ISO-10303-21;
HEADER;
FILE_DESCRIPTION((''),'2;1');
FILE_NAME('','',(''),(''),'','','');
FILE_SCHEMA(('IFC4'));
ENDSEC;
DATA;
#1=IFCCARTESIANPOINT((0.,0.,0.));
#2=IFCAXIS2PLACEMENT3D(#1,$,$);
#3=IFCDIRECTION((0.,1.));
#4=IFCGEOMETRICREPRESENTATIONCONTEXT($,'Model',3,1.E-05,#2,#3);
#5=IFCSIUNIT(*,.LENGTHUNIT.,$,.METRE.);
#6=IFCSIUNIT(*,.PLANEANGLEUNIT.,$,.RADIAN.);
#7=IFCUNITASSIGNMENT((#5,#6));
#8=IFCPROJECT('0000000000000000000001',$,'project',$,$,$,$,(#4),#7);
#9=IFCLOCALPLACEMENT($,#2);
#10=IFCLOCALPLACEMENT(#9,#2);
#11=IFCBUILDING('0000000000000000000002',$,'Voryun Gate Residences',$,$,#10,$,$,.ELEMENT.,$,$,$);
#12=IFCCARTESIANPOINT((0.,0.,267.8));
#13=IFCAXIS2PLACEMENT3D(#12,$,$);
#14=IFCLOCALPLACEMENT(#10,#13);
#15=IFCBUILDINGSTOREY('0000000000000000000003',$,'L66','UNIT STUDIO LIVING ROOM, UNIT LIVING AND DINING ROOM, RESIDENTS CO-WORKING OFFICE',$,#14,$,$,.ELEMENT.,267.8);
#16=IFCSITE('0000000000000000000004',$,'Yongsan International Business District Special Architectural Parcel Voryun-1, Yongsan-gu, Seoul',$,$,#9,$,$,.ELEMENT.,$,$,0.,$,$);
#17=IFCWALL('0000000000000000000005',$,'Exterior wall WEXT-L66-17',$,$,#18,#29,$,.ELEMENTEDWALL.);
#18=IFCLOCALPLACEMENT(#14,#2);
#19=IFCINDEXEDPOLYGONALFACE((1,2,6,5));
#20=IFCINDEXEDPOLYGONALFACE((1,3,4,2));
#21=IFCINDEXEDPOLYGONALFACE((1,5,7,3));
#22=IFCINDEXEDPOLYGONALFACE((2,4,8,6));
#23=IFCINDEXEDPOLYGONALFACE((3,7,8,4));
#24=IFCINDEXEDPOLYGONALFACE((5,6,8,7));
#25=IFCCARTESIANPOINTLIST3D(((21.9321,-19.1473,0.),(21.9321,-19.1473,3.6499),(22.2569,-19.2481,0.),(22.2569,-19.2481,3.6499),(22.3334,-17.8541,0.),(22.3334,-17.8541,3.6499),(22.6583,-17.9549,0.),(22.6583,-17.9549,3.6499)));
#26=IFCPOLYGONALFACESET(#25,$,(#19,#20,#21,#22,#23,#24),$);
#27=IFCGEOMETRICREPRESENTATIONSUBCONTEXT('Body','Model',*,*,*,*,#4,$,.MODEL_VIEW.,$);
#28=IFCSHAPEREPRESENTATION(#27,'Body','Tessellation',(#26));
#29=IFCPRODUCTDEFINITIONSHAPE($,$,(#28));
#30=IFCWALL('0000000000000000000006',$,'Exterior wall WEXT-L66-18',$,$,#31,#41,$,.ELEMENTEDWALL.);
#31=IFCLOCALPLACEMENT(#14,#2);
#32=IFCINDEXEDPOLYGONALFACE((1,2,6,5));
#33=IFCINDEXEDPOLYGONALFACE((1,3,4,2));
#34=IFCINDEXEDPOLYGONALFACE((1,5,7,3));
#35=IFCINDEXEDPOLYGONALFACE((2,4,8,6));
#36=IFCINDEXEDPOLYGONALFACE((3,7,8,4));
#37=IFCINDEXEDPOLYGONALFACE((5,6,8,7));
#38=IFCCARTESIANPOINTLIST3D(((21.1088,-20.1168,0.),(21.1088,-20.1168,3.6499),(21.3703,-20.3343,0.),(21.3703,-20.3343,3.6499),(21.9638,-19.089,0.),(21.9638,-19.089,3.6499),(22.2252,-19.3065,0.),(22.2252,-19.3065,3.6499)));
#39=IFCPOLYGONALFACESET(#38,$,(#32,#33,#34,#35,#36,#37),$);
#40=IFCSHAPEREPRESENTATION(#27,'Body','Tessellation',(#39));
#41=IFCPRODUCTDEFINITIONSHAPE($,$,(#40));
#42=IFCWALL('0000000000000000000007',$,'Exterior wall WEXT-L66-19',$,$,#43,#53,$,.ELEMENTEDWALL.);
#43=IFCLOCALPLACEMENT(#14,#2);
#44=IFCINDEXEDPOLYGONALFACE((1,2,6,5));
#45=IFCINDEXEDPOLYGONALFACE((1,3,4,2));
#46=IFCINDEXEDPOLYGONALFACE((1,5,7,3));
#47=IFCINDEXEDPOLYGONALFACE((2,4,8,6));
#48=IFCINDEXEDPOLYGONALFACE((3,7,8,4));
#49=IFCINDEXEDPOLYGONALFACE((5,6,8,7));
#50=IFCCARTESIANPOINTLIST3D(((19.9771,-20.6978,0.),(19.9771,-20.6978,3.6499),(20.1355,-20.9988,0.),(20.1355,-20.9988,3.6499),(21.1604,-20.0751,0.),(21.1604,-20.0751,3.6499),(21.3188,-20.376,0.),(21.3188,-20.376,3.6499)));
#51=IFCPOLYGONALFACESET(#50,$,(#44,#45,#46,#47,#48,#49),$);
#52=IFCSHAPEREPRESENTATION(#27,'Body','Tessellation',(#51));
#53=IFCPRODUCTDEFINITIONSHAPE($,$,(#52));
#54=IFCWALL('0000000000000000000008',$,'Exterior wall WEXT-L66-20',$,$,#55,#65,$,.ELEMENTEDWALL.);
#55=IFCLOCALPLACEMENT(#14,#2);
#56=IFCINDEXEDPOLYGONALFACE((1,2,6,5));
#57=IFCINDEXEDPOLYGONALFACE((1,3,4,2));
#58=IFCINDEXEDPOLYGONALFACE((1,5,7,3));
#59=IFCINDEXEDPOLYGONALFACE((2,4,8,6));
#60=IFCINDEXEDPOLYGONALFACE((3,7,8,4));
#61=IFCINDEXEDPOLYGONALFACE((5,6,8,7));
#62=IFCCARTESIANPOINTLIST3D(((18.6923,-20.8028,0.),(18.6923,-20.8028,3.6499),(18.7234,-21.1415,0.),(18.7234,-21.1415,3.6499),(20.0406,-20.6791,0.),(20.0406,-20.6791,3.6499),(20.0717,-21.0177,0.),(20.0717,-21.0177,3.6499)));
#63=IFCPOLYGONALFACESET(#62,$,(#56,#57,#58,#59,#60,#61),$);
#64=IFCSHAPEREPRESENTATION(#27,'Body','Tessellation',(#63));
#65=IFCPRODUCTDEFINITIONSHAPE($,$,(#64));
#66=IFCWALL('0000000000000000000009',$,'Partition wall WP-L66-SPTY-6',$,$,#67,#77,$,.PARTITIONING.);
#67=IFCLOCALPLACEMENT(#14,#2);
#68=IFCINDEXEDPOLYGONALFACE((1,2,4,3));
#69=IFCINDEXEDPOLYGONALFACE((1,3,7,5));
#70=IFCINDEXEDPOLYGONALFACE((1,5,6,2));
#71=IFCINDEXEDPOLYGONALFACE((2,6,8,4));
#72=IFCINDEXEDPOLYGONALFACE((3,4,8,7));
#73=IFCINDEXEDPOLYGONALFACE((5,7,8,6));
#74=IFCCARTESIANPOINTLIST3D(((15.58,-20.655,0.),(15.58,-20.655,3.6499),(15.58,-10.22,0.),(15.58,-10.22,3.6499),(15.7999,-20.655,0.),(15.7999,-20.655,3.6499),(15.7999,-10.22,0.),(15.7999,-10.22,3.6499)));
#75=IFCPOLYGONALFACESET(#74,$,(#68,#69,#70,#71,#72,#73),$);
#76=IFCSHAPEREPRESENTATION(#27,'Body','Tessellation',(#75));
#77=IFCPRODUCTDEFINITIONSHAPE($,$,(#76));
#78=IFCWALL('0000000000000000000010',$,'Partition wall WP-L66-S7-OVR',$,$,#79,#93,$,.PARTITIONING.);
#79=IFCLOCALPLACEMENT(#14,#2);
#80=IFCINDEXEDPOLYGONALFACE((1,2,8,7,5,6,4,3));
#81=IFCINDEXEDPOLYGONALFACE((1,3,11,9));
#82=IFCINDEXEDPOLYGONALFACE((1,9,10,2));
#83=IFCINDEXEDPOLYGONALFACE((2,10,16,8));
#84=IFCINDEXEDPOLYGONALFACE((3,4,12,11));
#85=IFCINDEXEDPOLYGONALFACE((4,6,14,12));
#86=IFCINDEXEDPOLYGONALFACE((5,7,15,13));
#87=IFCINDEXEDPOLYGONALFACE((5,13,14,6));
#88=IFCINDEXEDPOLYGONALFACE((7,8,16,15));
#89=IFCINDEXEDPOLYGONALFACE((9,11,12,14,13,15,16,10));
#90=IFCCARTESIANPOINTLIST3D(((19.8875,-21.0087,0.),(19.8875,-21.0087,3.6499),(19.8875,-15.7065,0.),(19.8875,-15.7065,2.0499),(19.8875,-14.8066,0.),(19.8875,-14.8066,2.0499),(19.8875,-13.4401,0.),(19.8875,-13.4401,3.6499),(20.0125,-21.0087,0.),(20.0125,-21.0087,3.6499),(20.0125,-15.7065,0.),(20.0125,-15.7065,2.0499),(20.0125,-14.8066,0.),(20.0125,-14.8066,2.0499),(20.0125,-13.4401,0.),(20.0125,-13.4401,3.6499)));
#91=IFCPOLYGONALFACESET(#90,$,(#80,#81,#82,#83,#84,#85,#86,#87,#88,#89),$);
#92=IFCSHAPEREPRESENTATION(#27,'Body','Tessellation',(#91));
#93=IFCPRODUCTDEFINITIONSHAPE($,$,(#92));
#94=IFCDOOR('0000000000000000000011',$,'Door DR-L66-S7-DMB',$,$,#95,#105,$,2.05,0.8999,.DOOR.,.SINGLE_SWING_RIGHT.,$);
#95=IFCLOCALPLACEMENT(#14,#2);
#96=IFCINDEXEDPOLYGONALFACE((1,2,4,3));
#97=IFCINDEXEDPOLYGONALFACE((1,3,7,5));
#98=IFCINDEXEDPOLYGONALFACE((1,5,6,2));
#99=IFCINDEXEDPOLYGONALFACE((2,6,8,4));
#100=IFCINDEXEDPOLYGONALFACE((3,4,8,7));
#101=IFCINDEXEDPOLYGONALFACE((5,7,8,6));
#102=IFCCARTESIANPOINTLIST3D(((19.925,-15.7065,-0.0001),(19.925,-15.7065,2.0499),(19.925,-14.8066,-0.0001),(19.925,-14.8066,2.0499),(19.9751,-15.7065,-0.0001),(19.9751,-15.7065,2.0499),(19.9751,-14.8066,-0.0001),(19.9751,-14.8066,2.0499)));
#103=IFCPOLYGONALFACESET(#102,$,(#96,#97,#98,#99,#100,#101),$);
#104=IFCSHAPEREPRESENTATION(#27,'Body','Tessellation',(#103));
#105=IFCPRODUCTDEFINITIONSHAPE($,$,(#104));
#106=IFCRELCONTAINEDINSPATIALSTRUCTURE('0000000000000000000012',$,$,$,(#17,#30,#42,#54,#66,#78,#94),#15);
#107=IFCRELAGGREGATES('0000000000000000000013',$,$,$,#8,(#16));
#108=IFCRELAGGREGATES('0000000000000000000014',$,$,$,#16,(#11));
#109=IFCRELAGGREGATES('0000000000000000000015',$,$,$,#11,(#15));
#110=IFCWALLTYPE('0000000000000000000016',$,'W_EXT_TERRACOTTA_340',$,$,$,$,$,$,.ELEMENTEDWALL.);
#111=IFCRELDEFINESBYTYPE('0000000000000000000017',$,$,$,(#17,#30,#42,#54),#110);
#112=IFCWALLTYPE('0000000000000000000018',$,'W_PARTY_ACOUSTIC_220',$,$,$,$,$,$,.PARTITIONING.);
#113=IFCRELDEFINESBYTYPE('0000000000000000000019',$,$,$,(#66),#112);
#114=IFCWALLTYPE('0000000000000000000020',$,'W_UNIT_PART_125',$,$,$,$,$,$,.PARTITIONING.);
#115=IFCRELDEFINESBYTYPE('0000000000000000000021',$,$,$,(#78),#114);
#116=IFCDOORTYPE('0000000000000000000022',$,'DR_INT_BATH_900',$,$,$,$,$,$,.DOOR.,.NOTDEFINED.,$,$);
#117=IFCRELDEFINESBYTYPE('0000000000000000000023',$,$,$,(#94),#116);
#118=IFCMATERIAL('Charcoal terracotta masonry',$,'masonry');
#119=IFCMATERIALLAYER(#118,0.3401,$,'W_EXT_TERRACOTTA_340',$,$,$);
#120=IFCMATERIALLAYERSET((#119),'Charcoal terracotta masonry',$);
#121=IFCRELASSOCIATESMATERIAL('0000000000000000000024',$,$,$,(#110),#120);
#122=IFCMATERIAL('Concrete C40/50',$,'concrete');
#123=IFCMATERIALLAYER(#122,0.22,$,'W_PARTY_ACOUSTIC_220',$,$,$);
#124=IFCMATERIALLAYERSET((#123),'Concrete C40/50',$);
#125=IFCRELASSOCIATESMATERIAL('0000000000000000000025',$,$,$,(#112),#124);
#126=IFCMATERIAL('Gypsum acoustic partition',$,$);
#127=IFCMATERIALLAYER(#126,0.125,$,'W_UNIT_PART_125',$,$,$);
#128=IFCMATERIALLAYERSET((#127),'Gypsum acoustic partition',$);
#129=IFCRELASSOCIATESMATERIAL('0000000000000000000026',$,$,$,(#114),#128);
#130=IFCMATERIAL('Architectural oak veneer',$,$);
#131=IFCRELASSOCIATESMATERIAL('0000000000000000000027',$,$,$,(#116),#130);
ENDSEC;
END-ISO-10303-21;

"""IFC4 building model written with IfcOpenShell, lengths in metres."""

from ifc_helpers import new_model, si_unit, direction, frame, frame_2d, origin, place, context, subcontext, project, spatial, rectangle, extrude, material, layer, layer_set, type_object, element, fill, save


model = new_model("IFC4")

# Units and contexts
model_context = context("Model", 3, precision=1e-05, world=origin(), true_north=direction((0.0, 1.0)))
body_context = subcontext(model_context, "Body", "Model", "MODEL_VIEW")
ifc_project = project(units=[si_unit("LENGTHUNIT", "METRE"), si_unit("PLANEANGLEUNIT", "RADIAN")], contexts=[model_context])

# Site, building, storey
site_placement = place(None, origin())
site = spatial("IfcSite", under=ifc_project, at=site_placement, Name="Yongsan International Business District Special Architectural Parcel Voryun-1, Yongsan-gu, Seoul", CompositionType="ELEMENT", RefElevation=0.0)
building_placement = place(site_placement, origin())
building = spatial("IfcBuilding", under=site, at=building_placement, Name="Voryun Gate Residences", CompositionType="ELEMENT")
storey_placement = place(building_placement, frame((0.0, 0.0, 267.8)))
storey = spatial("IfcBuildingStorey", under=building, at=storey_placement, Name="L66", Description="UNIT STUDIO LIVING ROOM, UNIT LIVING AND DINING ROOM, RESIDENTS CO-WORKING OFFICE", CompositionType="ELEMENT", Elevation=267.8)

# Shared definitions
ifc_material_1 = material(Name="Charcoal terracotta masonry", Category="masonry")
ifc_layer_1 = layer(ifc_material_1, 0.3401, Name="W_EXT_TERRACOTTA_340")
ifc_layer_set_1 = layer_set([ifc_layer_1], Name="Charcoal terracotta masonry")
wall_type_1 = type_object("IfcWallType", Name="W_EXT_TERRACOTTA_340", PredefinedType="ELEMENTEDWALL", material=ifc_layer_set_1)

# Walls
wall_1_placement = place(storey_placement, frame((22.4958, -17.9045, 0.0), z_axis=(0.0, 0.0, 1.0), x_axis=(-0.296416, -0.955059, 0.0)))
element("IfcWall", 1, at=wall_1_placement, inside=storey, type_object=wall_type_1, Name="Exterior wall WEXT-L66-17", PredefinedType="ELEMENTEDWALL", context=body_context, shape_type="SweptSolid", body=[
    extrude(rectangle(XDim=1.354, YDim=0.3401, at=frame_2d((0.677, 0.0))), origin(), (0.0, 0.0, 1.0), 3.6499),
])
wall_2_placement = place(storey_placement, frame((22.0945, -19.1978, 0.0), z_axis=(0.0, 0.0, 1.0), x_axis=(-0.639502, -0.76879, 0.0)))
element("IfcWall", 2, at=wall_2_placement, inside=storey, type_object=wall_type_1, Name="Exterior wall WEXT-L66-18", PredefinedType="ELEMENTEDWALL", context=body_context, shape_type="SweptSolid", body=[
    extrude(rectangle(XDim=1.3369, YDim=0.3401, at=frame_2d((0.6685, 0.0))), origin(), (0.0, 0.0, 1.0), 3.6499),
])
wall_3_placement = place(storey_placement, frame((21.2395, -20.2256, 0.0), z_axis=(0.0, 0.0, 1.0), x_axis=(-0.884922, -0.465739, 0.0)))
element("IfcWall", 3, at=wall_3_placement, inside=storey, type_object=wall_type_1, Name="Exterior wall WEXT-L66-19", PredefinedType="ELEMENTEDWALL", context=body_context, shape_type="SweptSolid", body=[
    extrude(rectangle(XDim=1.3372, YDim=0.3401, at=frame_2d((0.6685, 0.0))), origin(), (0.0, 0.0, 1.0), 3.6499),
])
wall_4_placement = place(storey_placement, frame((20.0562, -20.8484, 0.0), z_axis=(0.0, 0.0, 1.0), x_axis=(-0.995813, -0.091414, 0.0)))
element("IfcWall", 4, at=wall_4_placement, inside=storey, type_object=wall_type_1, Name="Exterior wall WEXT-L66-20", PredefinedType="ELEMENTEDWALL", context=body_context, shape_type="SweptSolid", body=[
    extrude(rectangle(XDim=1.354, YDim=0.3401, at=frame_2d((0.677, 0.0))), origin(), (0.0, 0.0, 1.0), 3.6499),
])
ifc_material_2 = material(Name="Concrete C40/50", Category="concrete")
ifc_layer_2 = layer(ifc_material_2, 0.22, Name="W_PARTY_ACOUSTIC_220")
ifc_layer_set_2 = layer_set([ifc_layer_2], Name="Concrete C40/50")
wall_type_2 = type_object("IfcWallType", Name="W_PARTY_ACOUSTIC_220", PredefinedType="PARTITIONING", material=ifc_layer_set_2)
wall_5_placement = place(storey_placement, frame((15.6899, -20.655, 0.0), z_axis=(0.0, 0.0, 1.0), x_axis=(0.0, 1.0, 0.0)))
element("IfcWall", 5, at=wall_5_placement, inside=storey, type_object=wall_type_2, Name="Partition wall WP-L66-SPTY-6", PredefinedType="PARTITIONING", context=body_context, shape_type="SweptSolid", body=[
    extrude(rectangle(XDim=10.4351, YDim=0.22, at=frame_2d((5.2175, 0.0))), origin(), (0.0, 0.0, 1.0), 3.6499),
])

# Wall, opening, door
ifc_material_3 = material(Name="Gypsum acoustic partition")
ifc_layer_3 = layer(ifc_material_3, 0.125, Name="W_UNIT_PART_125")
ifc_layer_set_3 = layer_set([ifc_layer_3], Name="Gypsum acoustic partition")
wall_type_3 = type_object("IfcWallType", Name="W_UNIT_PART_125", PredefinedType="PARTITIONING", material=ifc_layer_set_3)
wall_6_placement = place(storey_placement, frame((19.95, -21.0085, 0.0), z_axis=(0.0, 0.0, 1.0), x_axis=(0.0, 1.0, 0.0)))
wall_6 = element("IfcWall", 6, at=wall_6_placement, inside=storey, type_object=wall_type_3, Name="Partition wall WP-L66-S7-OVR", PredefinedType="PARTITIONING", context=body_context, shape_type="SweptSolid", body=[
    extrude(rectangle(XDim=7.5686, YDim=0.125, at=frame_2d((3.7842, 0.0))), origin(), (0.0, 0.0, 1.0), 3.6499),
])
opening_1_placement = place(wall_6_placement, frame((5.302, 0.0, 0.0)))
opening_1 = element("IfcOpeningElement", 7, at=opening_1_placement, cuts=wall_6, PredefinedType="OPENING", context=body_context, shape_type="SweptSolid", body=[
    extrude(rectangle(XDim=0.8999, YDim=2.05, at=frame_2d((0.45, 1.0249))), frame((0.0, 0.0725, 0.0), z_axis=(0.0, -1.0, 0.0), x_axis=(1.0, 0.0, 0.0)), (0.0, 0.0, 1.0), 0.145),
])
ifc_material_4 = material(Name="Architectural oak veneer")
door_type = type_object("IfcDoorType", Name="DR_INT_BATH_900", OperationType="NOTDEFINED", PredefinedType="DOOR", material=ifc_material_4)
door_placement = place(opening_1_placement, origin())
door = element("IfcDoor", 8, at=door_placement, inside=storey, type_object=door_type, Name="Door DR-L66-S7-DMB", OperationType="SINGLE_SWING_RIGHT", OverallHeight=2.05, OverallWidth=0.8999, PredefinedType="DOOR", context=body_context, shape_type="SweptSolid", body=[
    extrude(rectangle(XDim=0.8999, YDim=2.05, at=frame_2d((0.45, 1.0249))), frame((0.0, 0.0249, 0.0), z_axis=(0.0, -1.0, 0.0), x_axis=(1.0, 0.0, 0.0)), (0.0, 0.0, 1.0), 0.05),
])
fill(opening_1, door)

save(model, "model.ifc")
